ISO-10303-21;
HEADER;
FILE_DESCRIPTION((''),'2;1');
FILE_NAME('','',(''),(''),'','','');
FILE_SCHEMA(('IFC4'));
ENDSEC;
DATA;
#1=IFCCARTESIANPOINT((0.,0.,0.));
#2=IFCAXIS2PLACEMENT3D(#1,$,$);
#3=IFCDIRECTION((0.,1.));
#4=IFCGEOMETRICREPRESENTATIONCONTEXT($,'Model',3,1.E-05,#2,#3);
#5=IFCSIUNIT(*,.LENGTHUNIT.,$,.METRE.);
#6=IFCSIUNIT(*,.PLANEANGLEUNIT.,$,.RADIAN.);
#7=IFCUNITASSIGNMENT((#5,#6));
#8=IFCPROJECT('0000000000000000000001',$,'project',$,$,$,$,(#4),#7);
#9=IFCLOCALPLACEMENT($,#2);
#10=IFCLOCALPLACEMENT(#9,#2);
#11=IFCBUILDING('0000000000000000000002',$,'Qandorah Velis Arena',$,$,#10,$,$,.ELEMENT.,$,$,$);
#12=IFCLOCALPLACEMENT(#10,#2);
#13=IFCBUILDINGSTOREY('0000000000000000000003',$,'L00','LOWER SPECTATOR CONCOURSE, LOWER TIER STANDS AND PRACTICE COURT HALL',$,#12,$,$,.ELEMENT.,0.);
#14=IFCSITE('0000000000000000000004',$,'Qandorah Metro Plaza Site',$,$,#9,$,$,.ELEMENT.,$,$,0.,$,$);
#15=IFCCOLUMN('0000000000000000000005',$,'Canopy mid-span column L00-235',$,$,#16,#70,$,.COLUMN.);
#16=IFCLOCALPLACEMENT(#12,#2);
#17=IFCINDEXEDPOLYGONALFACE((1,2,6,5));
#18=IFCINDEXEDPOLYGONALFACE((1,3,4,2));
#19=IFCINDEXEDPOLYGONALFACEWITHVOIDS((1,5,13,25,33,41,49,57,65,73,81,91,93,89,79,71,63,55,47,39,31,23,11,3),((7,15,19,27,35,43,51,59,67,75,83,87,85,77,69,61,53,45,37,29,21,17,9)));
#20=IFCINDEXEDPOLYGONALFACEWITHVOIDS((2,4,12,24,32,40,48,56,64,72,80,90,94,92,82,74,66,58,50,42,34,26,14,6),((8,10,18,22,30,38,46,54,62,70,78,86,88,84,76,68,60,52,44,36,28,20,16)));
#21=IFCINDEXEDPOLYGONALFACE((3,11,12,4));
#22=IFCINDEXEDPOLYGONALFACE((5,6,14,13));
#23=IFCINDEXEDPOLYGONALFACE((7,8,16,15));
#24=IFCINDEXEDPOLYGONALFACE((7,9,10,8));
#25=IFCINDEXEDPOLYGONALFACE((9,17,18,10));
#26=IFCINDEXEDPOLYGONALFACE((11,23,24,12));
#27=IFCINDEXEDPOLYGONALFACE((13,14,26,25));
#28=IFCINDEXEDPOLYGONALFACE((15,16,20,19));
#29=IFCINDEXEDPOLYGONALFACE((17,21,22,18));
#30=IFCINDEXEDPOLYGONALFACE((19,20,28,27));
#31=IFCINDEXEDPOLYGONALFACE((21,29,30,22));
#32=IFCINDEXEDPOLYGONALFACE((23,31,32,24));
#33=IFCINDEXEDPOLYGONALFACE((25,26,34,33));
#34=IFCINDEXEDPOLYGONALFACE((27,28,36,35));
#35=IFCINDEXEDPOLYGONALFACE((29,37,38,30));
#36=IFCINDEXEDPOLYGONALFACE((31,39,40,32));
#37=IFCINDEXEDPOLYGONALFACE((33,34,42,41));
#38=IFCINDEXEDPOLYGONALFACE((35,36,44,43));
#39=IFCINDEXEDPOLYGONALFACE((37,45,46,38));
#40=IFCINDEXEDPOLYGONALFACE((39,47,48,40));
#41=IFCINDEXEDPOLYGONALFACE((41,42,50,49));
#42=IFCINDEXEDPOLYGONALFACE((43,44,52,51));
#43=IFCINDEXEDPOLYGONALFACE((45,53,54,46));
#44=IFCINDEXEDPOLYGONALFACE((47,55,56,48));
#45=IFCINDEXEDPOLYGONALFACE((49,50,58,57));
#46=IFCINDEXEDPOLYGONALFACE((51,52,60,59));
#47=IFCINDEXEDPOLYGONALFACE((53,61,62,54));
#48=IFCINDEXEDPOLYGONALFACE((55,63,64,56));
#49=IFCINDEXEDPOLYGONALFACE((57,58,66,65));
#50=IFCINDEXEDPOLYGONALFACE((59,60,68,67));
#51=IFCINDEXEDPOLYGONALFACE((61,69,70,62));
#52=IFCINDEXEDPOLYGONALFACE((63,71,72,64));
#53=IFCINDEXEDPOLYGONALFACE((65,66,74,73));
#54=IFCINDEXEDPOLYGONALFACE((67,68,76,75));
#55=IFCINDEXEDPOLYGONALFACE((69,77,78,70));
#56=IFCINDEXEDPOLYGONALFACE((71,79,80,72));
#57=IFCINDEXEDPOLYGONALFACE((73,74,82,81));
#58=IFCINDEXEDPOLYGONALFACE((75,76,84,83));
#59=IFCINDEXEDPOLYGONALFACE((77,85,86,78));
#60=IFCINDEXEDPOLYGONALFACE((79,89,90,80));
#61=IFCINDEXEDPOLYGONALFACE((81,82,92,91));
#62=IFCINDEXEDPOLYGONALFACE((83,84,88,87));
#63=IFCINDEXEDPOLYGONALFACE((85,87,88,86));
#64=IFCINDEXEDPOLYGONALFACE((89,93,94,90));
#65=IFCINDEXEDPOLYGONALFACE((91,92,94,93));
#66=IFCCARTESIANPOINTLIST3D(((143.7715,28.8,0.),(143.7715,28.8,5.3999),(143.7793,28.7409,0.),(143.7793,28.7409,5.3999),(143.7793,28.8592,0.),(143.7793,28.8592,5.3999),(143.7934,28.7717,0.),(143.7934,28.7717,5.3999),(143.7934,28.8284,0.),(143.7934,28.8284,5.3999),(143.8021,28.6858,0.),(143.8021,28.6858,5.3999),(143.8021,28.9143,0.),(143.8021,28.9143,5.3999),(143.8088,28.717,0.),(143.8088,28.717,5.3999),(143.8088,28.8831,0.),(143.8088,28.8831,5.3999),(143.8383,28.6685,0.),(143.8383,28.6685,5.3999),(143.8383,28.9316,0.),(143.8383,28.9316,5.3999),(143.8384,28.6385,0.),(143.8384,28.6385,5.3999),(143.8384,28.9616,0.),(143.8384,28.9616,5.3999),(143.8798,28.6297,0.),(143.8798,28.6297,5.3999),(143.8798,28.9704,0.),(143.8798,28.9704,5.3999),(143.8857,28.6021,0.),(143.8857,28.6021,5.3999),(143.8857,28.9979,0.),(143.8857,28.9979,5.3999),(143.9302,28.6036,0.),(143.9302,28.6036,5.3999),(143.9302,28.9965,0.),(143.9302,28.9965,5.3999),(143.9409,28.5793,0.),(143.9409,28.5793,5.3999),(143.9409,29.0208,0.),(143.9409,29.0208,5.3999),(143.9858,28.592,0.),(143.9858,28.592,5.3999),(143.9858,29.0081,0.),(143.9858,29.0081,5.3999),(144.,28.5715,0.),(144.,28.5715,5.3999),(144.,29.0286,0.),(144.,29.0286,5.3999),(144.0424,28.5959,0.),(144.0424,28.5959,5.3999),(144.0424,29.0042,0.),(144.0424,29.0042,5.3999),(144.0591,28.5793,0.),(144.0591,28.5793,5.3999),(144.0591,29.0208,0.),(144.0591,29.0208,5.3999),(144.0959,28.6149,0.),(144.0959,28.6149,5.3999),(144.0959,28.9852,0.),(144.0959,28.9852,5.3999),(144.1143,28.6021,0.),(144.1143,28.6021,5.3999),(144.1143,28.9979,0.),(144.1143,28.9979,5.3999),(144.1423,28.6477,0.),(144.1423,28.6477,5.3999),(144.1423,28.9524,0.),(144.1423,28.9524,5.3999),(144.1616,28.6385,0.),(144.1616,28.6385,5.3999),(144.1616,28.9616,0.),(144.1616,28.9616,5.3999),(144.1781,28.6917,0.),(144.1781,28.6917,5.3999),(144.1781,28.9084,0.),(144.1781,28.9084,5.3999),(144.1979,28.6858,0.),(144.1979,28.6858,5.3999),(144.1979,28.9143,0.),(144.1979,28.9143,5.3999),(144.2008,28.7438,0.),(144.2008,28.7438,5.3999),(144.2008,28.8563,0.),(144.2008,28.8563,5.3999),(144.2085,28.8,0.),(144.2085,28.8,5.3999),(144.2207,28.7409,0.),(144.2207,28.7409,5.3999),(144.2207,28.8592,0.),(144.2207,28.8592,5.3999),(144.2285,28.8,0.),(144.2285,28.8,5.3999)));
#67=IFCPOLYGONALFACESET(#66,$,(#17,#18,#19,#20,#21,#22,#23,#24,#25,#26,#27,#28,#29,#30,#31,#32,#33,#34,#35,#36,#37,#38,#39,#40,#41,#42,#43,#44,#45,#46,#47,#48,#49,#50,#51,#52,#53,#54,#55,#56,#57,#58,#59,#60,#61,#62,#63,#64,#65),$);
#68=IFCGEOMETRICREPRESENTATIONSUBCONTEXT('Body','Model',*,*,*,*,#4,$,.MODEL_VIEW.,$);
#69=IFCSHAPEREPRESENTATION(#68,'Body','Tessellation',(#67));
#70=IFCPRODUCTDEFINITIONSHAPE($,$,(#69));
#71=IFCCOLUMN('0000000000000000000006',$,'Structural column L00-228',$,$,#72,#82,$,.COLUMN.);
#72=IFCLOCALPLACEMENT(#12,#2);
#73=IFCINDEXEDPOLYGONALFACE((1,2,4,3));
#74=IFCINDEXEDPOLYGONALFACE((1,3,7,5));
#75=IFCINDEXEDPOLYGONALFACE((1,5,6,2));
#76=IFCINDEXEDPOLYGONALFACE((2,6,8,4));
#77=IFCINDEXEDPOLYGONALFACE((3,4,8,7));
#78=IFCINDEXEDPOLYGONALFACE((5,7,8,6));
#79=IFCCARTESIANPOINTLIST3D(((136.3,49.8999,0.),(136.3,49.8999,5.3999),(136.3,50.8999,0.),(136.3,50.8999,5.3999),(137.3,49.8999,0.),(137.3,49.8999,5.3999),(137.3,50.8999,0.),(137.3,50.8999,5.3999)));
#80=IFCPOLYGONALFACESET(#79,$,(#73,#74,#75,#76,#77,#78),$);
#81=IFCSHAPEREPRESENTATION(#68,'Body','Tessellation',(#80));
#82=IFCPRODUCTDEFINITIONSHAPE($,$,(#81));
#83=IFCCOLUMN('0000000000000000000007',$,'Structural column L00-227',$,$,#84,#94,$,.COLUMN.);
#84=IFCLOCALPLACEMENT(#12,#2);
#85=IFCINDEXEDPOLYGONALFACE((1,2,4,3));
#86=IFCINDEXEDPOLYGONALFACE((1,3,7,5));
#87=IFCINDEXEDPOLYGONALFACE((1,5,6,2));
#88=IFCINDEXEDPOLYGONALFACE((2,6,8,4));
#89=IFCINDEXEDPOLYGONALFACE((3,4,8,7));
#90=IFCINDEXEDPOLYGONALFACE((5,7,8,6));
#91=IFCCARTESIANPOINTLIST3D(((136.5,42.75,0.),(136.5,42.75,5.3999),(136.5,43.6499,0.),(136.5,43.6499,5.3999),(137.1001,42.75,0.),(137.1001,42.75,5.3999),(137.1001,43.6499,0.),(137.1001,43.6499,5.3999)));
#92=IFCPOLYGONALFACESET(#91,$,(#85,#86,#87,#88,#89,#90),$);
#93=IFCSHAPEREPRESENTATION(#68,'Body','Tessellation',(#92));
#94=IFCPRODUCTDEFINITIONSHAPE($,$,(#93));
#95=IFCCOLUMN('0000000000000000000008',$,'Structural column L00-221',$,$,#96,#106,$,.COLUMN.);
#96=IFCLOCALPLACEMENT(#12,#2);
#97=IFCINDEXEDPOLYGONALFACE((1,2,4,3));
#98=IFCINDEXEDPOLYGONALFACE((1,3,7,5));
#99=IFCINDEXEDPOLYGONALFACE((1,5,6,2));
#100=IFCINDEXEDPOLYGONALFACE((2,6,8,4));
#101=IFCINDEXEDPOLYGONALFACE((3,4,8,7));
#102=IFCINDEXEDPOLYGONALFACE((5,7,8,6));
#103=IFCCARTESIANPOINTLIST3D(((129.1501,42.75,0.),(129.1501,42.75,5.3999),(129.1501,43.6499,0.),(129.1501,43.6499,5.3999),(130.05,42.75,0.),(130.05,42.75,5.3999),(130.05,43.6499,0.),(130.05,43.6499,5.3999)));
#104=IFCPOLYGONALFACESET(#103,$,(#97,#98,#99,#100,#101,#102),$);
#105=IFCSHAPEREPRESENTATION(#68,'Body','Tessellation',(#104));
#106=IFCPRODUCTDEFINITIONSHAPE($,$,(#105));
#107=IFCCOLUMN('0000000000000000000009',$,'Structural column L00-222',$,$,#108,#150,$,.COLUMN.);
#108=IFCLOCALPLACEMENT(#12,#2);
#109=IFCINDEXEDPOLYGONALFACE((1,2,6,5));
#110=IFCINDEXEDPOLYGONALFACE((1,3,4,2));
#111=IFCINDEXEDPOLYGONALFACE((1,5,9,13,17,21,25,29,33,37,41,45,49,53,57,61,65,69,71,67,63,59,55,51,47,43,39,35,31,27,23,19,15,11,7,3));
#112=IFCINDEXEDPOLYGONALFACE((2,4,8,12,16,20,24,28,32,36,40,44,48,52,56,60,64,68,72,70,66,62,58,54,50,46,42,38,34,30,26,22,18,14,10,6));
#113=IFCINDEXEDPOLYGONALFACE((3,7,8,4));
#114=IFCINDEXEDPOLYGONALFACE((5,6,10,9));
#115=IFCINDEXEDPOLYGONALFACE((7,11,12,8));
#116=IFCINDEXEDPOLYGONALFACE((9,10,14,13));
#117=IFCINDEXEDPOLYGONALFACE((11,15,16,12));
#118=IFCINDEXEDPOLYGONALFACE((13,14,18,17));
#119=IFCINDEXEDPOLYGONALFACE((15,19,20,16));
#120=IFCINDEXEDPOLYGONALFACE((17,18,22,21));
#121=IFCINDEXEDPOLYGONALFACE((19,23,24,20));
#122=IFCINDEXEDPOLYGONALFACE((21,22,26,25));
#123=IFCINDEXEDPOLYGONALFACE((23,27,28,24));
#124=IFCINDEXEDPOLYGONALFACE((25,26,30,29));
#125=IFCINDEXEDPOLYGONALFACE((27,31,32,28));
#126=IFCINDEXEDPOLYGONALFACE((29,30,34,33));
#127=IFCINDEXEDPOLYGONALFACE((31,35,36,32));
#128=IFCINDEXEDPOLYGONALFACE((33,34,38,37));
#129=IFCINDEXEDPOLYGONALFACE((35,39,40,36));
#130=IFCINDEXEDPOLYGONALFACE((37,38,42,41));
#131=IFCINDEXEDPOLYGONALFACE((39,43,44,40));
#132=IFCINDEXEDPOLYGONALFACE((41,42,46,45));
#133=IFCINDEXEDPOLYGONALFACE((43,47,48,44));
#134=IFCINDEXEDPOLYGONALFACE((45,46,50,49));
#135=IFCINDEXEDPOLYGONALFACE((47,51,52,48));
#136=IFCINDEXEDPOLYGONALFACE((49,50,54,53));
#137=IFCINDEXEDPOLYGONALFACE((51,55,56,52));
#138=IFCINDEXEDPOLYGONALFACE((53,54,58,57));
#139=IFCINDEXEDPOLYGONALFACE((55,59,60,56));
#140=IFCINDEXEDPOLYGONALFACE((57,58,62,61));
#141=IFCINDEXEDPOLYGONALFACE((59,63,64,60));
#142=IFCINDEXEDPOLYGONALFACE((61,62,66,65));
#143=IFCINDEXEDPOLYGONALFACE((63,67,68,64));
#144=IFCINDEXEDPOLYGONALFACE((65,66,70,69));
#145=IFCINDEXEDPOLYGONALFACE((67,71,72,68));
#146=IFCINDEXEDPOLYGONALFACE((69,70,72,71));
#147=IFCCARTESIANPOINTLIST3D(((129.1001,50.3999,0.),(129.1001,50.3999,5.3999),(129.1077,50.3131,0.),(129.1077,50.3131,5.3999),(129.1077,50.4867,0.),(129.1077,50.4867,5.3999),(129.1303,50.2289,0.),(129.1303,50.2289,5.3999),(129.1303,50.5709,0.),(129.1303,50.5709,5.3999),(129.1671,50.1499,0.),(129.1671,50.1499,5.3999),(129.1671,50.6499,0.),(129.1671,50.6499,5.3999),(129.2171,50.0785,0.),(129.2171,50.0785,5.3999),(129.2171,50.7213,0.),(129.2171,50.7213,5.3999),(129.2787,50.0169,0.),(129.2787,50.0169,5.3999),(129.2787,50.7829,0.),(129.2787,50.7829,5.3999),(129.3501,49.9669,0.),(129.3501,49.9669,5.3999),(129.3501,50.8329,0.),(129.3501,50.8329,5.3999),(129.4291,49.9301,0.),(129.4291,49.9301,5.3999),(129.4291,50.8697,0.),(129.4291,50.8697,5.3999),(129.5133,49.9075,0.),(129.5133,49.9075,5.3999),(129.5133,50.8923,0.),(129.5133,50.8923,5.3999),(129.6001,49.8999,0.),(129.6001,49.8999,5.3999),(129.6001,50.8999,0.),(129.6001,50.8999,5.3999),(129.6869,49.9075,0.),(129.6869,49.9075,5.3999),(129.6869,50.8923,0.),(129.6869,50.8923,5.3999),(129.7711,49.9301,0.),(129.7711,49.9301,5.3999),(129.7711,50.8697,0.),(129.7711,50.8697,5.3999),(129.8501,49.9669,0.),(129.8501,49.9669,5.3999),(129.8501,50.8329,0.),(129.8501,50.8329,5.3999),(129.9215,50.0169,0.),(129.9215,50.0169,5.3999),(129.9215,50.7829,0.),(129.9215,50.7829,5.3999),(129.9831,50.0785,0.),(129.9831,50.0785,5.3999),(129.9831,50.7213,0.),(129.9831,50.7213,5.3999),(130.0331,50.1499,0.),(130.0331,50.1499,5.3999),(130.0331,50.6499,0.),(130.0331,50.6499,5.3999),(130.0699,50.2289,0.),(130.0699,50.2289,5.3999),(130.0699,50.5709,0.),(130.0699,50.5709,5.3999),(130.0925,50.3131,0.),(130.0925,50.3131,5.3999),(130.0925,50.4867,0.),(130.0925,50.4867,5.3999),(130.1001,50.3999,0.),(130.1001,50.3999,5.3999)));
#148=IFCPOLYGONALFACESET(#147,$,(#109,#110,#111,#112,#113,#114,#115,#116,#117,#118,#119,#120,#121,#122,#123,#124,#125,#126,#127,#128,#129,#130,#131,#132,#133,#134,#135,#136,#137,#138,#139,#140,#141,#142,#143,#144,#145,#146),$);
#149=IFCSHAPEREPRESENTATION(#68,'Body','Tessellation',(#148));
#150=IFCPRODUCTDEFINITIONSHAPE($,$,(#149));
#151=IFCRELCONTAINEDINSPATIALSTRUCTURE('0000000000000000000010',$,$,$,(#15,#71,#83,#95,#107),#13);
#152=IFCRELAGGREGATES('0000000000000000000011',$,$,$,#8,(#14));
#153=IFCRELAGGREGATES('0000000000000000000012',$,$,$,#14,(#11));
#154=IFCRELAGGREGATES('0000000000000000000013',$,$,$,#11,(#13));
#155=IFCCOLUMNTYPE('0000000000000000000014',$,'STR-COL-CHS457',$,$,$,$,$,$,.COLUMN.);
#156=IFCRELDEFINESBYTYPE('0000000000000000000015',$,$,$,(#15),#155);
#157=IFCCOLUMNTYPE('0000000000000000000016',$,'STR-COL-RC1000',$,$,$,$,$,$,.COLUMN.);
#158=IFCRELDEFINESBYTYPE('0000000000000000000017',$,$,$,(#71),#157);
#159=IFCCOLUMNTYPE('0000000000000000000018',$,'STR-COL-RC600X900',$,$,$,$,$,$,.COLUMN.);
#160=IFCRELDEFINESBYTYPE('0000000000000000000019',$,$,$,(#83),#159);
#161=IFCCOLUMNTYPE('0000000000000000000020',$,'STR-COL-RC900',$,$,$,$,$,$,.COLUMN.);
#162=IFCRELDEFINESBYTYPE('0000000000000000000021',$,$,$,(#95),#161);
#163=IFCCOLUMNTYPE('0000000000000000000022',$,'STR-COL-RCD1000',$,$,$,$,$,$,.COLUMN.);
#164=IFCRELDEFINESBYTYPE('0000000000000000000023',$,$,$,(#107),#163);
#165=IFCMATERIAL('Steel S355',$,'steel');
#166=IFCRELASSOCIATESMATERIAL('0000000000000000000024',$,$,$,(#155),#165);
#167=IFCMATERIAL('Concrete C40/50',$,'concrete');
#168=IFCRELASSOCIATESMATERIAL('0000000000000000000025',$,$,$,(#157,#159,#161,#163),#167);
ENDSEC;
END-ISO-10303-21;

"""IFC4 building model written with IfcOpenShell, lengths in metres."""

from ifc_helpers import new_model, si_unit, direction, frame, origin, origin_2d, place, context, subcontext, project, spatial, rectangle, circle, hollow_circle, extrude, material, material_profile, profile_set, type_object, element, save


model = new_model("IFC4")

# Units and contexts
model_context = context("Model", 3, precision=1e-05, world=origin(), true_north=direction((0.0, 1.0)))
body_context = subcontext(model_context, "Body", "Model", "MODEL_VIEW")
ifc_project = project(units=[si_unit("LENGTHUNIT", "METRE"), si_unit("PLANEANGLEUNIT", "RADIAN")], contexts=[model_context])

# Site, building, storey
site_placement = place(None, origin())
site = spatial("IfcSite", under=ifc_project, at=site_placement, Name="Qandorah Metro Plaza Site", CompositionType="ELEMENT", RefElevation=0.0)
building_placement = place(site_placement, origin())
building = spatial("IfcBuilding", under=site, at=building_placement, Name="Qandorah Velis Arena", CompositionType="ELEMENT")
storey_placement = place(building_placement, origin())
storey = spatial("IfcBuildingStorey", under=building, at=storey_placement, Name="L00", Description="LOWER SPECTATOR CONCOURSE, LOWER TIER STANDS AND PRACTICE COURT HALL", CompositionType="ELEMENT", Elevation=0.0)

# Columns
ifc_material_1 = material(Name="Steel S355", Category="steel")
ifc_material_profile_1 = material_profile(ifc_material_1, hollow_circle(Radius=0.2285, WallThickness=0.02, at=origin_2d()), Name="CHS 457x20")
ifc_profile_set_1 = profile_set([ifc_material_profile_1], Name="Steel S355")
column_type_1 = type_object("IfcColumnType", Name="STR-COL-CHS457", PredefinedType="COLUMN", material=ifc_profile_set_1)
column_1_placement = place(storey_placement, frame((144.0, 28.8, 0.0), z_axis=(0.0, 0.0, 1.0), x_axis=(1.0, 0.0, 0.0)))
element("IfcColumn", 1, at=column_1_placement, inside=storey, type_object=column_type_1, Name="Canopy mid-span column L00-235", PredefinedType="COLUMN", context=body_context, shape_type="SweptSolid", body=[
    extrude(hollow_circle(Radius=0.2285, WallThickness=0.02, at=origin_2d()), origin(), (0.0, 0.0, 1.0), 5.3999),
])
ifc_material_2 = material(Name="Concrete C40/50", Category="concrete")
ifc_material_profile_2 = material_profile(ifc_material_2, rectangle(XDim=1.0, YDim=1.0, at=origin_2d()), Name="RC COL 1000x1000")
ifc_profile_set_2 = profile_set([ifc_material_profile_2], Name="Concrete C40/50")
column_type_2 = type_object("IfcColumnType", Name="STR-COL-RC1000", PredefinedType="COLUMN", material=ifc_profile_set_2)
column_2_placement = place(storey_placement, frame((136.8, 50.3999, 0.0), z_axis=(0.0, 0.0, 1.0), x_axis=(1.0, 0.0, 0.0)))
element("IfcColumn", 2, at=column_2_placement, inside=storey, type_object=column_type_2, Name="Structural column L00-228", PredefinedType="COLUMN", context=body_context, shape_type="SweptSolid", body=[
    extrude(rectangle(XDim=1.0, YDim=1.0, at=origin_2d()), origin(), (0.0, 0.0, 1.0), 5.3999),
])
ifc_material_profile_3 = material_profile(ifc_material_2, rectangle(XDim=0.6001, YDim=0.8999, at=origin_2d()), Name="RC COL 600x900")
ifc_profile_set_3 = profile_set([ifc_material_profile_3], Name="Concrete C40/50")
column_type_3 = type_object("IfcColumnType", Name="STR-COL-RC600X900", PredefinedType="COLUMN", material=ifc_profile_set_3)
column_3_placement = place(storey_placement, frame((136.8, 43.2, 0.0), z_axis=(0.0, 0.0, 1.0), x_axis=(1.0, 0.0, 0.0)))
element("IfcColumn", 3, at=column_3_placement, inside=storey, type_object=column_type_3, Name="Structural column L00-227", PredefinedType="COLUMN", context=body_context, shape_type="SweptSolid", body=[
    extrude(rectangle(XDim=0.6001, YDim=0.8999, at=origin_2d()), origin(), (0.0, 0.0, 1.0), 5.3999),
])
ifc_material_profile_4 = material_profile(ifc_material_2, rectangle(XDim=0.8999, YDim=0.8999, at=origin_2d()), Name="RC COL 900x900")
ifc_profile_set_4 = profile_set([ifc_material_profile_4], Name="Concrete C40/50")
column_type_4 = type_object("IfcColumnType", Name="STR-COL-RC900", PredefinedType="COLUMN", material=ifc_profile_set_4)
column_4_placement = place(storey_placement, frame((129.6001, 43.2, 0.0), z_axis=(0.0, 0.0, 1.0), x_axis=(1.0, 0.0, 0.0)))
element("IfcColumn", 4, at=column_4_placement, inside=storey, type_object=column_type_4, Name="Structural column L00-221", PredefinedType="COLUMN", context=body_context, shape_type="SweptSolid", body=[
    extrude(rectangle(XDim=0.8999, YDim=0.8999, at=origin_2d()), origin(), (0.0, 0.0, 1.0), 5.3999),
])
ifc_material_profile_5 = material_profile(ifc_material_2, circle(Radius=0.5, at=origin_2d()), Name="RC D1000")
ifc_profile_set_5 = profile_set([ifc_material_profile_5], Name="Concrete C40/50")
column_type_5 = type_object("IfcColumnType", Name="STR-COL-RCD1000", PredefinedType="COLUMN", material=ifc_profile_set_5)
column_5_placement = place(storey_placement, frame((129.6001, 50.3999, 0.0), z_axis=(0.0, 0.0, 1.0), x_axis=(1.0, 0.0, 0.0)))
element("IfcColumn", 5, at=column_5_placement, inside=storey, type_object=column_type_5, Name="Structural column L00-222", PredefinedType="COLUMN", context=body_context, shape_type="SweptSolid", body=[
    extrude(circle(Radius=0.5, at=origin_2d()), origin(), (0.0, 0.0, 1.0), 5.3999),
])

save(model, "model.ifc")
